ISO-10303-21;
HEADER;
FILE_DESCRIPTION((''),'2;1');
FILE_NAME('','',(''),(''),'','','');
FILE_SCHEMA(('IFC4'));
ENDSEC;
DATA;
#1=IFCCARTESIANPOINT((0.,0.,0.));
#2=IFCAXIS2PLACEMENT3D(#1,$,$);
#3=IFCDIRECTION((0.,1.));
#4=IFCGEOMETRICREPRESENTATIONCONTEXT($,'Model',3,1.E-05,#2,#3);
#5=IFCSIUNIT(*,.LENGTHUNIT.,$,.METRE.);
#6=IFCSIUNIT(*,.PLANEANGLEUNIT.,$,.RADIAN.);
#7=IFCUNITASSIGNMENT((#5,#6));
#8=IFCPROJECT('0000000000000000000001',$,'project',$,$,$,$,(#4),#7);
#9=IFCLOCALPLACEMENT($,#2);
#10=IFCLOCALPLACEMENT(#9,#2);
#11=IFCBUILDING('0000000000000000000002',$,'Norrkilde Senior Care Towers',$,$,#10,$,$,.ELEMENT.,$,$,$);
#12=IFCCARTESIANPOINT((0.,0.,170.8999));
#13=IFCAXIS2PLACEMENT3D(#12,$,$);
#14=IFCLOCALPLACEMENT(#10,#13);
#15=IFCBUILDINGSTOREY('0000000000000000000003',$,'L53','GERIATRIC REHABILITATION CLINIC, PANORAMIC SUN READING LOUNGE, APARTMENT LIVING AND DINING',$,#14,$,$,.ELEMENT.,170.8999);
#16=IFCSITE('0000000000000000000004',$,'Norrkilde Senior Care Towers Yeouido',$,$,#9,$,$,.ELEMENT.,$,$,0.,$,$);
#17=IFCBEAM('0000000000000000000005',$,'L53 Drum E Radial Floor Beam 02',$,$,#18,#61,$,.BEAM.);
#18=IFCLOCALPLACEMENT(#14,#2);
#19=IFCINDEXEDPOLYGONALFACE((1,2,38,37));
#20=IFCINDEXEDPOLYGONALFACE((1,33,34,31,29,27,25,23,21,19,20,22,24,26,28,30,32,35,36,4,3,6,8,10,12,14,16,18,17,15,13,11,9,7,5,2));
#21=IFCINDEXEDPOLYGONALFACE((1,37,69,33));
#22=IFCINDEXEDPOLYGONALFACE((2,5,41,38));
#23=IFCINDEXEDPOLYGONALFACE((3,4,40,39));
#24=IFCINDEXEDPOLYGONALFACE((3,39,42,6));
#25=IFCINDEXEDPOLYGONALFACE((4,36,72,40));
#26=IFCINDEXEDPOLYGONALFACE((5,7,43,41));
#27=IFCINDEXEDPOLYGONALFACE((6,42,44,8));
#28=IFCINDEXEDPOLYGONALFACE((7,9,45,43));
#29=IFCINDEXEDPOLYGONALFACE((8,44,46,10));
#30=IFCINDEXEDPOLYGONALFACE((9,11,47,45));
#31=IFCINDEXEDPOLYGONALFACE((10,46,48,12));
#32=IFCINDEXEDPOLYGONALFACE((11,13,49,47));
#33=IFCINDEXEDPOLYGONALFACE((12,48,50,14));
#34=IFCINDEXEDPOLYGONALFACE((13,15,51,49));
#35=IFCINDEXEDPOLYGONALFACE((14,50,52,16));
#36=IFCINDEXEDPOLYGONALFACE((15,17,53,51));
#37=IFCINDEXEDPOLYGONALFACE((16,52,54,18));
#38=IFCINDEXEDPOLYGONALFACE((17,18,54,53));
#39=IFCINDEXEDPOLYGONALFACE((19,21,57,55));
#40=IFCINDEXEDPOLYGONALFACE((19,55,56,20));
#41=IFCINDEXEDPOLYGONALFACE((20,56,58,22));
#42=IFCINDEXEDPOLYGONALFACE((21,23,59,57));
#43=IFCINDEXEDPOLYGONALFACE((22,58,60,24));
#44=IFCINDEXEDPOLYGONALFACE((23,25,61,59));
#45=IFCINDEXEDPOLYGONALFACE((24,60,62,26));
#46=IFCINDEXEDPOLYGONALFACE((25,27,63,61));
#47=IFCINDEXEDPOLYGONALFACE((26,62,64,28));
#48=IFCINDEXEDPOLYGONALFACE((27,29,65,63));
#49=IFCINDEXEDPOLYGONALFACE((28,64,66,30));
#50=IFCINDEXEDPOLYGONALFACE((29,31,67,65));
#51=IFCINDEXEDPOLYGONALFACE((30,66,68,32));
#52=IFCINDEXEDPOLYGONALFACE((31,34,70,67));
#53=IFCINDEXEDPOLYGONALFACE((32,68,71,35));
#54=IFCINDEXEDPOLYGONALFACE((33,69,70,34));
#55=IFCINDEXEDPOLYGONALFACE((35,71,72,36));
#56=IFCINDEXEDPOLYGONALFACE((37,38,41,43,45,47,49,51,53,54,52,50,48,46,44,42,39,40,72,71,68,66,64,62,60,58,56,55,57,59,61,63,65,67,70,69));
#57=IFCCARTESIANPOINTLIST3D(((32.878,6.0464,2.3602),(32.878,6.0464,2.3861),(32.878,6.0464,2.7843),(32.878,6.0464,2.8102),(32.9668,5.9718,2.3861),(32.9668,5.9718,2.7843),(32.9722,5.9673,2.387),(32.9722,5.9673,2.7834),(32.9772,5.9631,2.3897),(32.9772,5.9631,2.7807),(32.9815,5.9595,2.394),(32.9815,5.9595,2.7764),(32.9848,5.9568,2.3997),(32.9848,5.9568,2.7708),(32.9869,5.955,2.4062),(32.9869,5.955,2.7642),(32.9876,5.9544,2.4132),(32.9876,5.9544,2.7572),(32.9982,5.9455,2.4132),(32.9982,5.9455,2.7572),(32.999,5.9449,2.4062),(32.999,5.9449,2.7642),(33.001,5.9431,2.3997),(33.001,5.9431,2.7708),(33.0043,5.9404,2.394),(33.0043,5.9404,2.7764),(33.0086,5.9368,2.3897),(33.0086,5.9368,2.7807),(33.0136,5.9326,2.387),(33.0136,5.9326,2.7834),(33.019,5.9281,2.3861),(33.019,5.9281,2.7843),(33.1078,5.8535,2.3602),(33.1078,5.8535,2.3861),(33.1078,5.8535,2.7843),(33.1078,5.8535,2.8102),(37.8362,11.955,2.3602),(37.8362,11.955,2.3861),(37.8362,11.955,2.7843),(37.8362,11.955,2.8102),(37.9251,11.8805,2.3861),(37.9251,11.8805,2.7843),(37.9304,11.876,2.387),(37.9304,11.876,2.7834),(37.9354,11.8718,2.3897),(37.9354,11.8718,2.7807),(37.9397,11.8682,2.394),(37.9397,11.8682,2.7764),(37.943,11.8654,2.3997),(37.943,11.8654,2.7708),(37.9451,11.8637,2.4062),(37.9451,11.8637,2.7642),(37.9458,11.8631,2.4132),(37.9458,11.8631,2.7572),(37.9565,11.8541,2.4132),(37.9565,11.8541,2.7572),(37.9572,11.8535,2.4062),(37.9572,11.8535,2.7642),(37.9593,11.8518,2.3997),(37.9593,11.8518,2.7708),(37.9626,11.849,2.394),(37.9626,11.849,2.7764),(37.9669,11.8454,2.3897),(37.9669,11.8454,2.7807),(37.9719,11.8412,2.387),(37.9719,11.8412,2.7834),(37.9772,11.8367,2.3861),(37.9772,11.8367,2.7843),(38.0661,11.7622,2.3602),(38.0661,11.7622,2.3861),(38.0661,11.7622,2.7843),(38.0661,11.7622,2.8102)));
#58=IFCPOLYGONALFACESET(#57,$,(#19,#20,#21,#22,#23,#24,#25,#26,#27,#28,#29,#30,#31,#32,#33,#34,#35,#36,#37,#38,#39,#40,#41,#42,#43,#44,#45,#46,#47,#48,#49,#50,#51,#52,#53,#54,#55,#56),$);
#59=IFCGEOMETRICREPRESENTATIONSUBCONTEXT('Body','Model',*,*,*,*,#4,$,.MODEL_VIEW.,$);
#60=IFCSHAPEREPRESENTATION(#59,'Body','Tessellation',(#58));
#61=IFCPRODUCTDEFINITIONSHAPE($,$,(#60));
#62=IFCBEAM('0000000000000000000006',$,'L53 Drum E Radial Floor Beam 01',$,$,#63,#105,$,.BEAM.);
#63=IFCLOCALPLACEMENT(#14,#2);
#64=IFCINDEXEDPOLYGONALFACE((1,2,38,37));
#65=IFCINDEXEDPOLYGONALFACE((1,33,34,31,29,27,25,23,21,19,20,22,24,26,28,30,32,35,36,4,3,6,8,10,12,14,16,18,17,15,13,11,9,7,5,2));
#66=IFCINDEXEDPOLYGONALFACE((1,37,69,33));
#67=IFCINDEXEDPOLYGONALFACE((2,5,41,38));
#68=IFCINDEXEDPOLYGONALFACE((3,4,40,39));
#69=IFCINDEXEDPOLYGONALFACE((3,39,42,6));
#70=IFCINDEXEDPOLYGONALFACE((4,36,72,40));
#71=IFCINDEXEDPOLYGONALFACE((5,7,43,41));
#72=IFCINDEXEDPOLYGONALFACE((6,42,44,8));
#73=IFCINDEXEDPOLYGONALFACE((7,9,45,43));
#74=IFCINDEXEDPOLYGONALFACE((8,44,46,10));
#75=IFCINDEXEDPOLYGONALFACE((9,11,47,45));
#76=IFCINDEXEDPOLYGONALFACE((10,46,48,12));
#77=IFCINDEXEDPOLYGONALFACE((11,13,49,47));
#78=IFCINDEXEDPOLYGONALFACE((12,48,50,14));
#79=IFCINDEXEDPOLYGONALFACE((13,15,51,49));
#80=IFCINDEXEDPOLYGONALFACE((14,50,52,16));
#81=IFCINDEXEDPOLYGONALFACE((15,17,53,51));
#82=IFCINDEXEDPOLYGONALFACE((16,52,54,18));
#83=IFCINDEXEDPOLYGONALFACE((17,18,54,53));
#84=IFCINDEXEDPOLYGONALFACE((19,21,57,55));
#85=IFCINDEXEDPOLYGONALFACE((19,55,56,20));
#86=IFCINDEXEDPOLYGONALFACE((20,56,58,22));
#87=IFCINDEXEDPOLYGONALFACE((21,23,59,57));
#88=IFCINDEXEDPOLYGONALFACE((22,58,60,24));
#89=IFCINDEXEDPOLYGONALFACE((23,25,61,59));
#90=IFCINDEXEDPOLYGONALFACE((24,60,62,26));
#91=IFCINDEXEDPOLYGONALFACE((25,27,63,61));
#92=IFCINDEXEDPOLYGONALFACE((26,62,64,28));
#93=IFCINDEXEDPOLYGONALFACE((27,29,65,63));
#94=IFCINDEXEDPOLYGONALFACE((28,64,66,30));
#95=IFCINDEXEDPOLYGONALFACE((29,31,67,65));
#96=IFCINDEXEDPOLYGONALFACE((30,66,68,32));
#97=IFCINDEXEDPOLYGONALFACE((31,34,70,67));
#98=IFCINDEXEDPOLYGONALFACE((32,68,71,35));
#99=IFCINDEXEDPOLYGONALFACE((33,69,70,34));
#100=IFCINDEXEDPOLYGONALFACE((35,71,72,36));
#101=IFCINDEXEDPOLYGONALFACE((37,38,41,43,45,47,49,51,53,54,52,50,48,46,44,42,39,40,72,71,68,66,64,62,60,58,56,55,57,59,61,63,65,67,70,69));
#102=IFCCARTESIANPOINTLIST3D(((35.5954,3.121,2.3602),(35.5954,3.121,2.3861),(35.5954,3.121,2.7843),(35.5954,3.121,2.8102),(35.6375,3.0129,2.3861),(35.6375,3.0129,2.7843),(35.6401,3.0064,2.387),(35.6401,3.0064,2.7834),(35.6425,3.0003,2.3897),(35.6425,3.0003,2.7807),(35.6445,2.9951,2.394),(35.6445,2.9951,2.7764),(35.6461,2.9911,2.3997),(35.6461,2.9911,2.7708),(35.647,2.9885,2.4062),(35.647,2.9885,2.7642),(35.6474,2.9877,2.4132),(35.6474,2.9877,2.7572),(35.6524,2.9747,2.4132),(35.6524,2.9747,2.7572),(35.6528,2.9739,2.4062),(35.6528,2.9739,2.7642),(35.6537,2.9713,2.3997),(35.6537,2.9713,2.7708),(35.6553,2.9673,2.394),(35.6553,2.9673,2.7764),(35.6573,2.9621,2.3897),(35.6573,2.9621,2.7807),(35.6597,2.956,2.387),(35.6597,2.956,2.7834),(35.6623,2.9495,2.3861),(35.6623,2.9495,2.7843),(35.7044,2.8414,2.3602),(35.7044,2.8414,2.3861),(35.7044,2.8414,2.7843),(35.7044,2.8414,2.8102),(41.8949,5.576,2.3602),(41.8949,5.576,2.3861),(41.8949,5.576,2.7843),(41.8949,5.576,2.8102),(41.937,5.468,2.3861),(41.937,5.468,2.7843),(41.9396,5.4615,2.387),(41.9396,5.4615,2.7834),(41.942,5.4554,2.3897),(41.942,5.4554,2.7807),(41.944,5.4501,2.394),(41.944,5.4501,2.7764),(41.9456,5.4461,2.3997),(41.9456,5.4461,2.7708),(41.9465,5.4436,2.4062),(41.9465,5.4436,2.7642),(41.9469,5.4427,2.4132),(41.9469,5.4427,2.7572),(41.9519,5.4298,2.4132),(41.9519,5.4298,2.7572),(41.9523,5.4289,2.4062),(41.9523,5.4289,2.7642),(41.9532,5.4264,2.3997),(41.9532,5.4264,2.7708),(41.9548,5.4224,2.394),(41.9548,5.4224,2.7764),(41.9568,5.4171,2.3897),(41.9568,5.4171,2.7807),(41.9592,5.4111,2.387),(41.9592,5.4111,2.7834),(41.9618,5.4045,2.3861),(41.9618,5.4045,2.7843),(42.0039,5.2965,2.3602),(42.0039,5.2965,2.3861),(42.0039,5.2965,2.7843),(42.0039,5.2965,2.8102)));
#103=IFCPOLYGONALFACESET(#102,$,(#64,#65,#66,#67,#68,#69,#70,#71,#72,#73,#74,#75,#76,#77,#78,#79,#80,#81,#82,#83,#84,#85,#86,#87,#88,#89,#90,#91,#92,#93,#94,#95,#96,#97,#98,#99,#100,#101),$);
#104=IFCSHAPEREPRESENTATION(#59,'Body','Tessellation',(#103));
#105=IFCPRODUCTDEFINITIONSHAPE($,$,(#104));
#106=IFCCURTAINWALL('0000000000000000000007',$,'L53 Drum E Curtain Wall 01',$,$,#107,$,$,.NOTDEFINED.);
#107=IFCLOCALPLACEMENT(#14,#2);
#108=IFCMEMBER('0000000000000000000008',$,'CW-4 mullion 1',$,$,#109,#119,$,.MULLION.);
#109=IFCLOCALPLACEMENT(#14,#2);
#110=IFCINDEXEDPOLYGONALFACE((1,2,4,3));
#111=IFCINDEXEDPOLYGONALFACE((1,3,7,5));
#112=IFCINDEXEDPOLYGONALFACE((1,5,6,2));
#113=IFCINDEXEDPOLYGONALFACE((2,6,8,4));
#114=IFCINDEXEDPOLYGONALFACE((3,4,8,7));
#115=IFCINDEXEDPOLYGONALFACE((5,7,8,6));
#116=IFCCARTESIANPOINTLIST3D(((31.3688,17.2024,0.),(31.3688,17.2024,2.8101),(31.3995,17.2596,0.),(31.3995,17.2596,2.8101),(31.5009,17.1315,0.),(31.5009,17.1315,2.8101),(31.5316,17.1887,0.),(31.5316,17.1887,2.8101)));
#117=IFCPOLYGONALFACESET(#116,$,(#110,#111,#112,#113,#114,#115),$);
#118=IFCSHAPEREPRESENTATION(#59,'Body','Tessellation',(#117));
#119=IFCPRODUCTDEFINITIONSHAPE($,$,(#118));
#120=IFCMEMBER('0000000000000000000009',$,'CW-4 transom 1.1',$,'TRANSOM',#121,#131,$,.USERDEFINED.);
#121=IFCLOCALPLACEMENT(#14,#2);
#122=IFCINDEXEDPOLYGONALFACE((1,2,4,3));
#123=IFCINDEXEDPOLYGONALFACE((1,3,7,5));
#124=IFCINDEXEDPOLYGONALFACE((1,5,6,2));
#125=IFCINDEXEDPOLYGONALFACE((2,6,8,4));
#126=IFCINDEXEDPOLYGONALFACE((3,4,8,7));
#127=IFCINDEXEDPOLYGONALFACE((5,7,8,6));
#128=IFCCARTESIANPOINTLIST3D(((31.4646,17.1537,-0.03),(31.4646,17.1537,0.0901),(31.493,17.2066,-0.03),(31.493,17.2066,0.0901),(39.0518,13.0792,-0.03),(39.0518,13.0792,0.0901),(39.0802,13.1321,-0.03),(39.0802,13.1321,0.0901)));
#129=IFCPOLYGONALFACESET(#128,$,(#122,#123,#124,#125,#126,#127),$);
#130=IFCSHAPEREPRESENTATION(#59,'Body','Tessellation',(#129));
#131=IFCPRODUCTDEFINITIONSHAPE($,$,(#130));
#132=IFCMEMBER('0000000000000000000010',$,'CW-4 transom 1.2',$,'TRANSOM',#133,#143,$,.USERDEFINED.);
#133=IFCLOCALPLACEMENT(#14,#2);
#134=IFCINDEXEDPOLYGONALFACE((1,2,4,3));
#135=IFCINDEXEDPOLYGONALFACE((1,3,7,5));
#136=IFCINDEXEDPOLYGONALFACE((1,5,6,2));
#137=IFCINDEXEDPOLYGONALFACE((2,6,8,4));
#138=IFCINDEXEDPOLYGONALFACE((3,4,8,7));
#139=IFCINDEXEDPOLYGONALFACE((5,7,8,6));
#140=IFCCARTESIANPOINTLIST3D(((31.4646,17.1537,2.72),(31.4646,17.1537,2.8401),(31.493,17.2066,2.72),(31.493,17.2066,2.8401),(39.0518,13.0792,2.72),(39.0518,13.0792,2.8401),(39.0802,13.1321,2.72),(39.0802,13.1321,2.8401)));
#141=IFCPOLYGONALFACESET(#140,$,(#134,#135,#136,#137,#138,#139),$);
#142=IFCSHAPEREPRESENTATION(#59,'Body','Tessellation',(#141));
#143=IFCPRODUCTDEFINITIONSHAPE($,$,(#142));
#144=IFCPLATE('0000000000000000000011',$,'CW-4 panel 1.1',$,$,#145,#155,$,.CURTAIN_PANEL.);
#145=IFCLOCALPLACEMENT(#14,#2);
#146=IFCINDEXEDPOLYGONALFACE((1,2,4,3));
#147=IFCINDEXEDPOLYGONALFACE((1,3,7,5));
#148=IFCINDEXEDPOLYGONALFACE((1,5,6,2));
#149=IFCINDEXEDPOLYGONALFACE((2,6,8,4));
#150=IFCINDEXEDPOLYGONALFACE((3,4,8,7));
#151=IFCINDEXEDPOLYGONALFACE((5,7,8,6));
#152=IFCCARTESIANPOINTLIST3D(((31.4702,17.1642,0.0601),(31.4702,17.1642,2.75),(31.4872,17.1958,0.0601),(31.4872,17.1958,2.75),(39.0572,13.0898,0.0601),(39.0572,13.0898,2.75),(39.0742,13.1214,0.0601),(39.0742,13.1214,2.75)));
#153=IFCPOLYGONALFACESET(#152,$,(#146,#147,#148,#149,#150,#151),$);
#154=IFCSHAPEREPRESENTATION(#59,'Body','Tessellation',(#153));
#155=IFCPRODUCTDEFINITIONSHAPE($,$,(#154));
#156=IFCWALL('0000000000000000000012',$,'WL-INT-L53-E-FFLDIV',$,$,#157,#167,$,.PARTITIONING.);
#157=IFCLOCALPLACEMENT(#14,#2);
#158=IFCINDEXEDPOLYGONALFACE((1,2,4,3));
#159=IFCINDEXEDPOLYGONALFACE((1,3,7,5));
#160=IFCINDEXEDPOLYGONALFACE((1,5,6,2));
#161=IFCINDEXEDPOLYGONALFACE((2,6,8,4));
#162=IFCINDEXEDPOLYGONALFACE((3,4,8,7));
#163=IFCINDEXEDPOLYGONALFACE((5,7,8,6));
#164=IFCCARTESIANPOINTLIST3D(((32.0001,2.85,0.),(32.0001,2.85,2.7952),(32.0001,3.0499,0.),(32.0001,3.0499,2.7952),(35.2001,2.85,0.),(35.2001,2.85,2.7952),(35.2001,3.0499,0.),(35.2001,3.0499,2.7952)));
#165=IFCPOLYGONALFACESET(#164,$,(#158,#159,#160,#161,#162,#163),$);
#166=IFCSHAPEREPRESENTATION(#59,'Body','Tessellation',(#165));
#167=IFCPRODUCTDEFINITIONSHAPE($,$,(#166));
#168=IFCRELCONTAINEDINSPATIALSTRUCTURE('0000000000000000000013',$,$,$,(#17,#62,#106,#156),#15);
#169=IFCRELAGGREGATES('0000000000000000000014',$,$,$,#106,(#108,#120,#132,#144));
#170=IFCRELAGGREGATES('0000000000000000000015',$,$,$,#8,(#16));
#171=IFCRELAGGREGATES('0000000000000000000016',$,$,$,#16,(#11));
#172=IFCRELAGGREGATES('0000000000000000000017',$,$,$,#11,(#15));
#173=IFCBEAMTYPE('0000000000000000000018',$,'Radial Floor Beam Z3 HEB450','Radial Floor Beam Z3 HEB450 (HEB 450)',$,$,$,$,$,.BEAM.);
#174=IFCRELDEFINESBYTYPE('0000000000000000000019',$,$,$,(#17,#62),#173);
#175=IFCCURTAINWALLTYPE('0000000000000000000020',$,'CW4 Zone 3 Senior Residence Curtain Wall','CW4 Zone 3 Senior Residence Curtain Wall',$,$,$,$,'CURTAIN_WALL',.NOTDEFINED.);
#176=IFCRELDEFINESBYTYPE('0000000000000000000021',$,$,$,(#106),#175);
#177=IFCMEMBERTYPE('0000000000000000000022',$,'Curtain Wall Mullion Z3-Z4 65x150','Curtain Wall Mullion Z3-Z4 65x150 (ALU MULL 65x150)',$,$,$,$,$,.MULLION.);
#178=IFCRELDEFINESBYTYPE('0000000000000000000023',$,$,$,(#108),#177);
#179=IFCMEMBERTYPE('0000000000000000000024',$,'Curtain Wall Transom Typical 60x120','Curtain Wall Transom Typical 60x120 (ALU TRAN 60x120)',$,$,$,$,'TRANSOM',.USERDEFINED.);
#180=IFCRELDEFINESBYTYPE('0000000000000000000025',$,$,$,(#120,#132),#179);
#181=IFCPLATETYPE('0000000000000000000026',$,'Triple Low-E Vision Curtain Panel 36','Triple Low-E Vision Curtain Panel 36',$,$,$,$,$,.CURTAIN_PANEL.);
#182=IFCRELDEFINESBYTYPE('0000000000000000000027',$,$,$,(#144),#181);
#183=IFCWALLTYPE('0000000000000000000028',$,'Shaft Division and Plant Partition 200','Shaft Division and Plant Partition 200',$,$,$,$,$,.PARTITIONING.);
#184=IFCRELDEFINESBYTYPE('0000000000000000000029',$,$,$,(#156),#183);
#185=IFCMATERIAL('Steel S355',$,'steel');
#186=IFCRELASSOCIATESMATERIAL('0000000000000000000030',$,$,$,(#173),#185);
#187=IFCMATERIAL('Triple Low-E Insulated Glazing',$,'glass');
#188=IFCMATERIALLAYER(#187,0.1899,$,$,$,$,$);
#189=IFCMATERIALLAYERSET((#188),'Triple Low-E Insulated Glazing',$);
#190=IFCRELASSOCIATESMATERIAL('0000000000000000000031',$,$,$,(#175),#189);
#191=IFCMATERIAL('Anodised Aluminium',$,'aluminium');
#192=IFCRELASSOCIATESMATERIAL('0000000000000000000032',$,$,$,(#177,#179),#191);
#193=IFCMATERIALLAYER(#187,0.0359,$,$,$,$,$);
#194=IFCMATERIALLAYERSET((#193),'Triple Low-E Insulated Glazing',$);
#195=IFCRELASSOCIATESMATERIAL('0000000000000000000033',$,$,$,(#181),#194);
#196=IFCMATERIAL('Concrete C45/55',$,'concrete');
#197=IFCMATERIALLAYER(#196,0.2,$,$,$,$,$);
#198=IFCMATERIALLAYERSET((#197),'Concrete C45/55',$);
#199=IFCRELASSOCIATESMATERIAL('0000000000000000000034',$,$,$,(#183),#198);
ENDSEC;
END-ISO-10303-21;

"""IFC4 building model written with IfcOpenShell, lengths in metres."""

from ifc_helpers import new_model, si_unit, direction, frame, frame_2d, origin, origin_2d, place, context, subcontext, project, spatial, rectangle, i_section, extrude, source, transform, mapped, material, layer, layer_set, material_profile, profile_set, type_object, type_shapes, element, aggregate, save


model = new_model("IFC4")

# Units and contexts
model_context = context("Model", 3, precision=1e-05, world=origin(), true_north=direction((0.0, 1.0)))
body_context = subcontext(model_context, "Body", "Model", "MODEL_VIEW")
ifc_project = project(units=[si_unit("LENGTHUNIT", "METRE"), si_unit("PLANEANGLEUNIT", "RADIAN")], contexts=[model_context])

# Site, building, storey
site_placement = place(None, origin())
site = spatial("IfcSite", under=ifc_project, at=site_placement, Name="Norrkilde Senior Care Towers Yeouido", CompositionType="ELEMENT", RefElevation=0.0)
building_placement = place(site_placement, origin())
building = spatial("IfcBuilding", under=site, at=building_placement, Name="Norrkilde Senior Care Towers", CompositionType="ELEMENT")
storey_placement = place(building_placement, frame((0.0, 0.0, 170.8999)))
storey = spatial("IfcBuildingStorey", under=building, at=storey_placement, Name="L53", Description="GERIATRIC REHABILITATION CLINIC, PANORAMIC SUN READING LOUNGE, APARTMENT LIVING AND DINING", CompositionType="ELEMENT", Elevation=170.8999)

# Beams
ifc_material_1 = material(Name="Steel S355", Category="steel")
ifc_material_profile_1 = material_profile(ifc_material_1, i_section(OverallWidth=0.3, OverallDepth=0.45, WebThickness=0.0139, FlangeThickness=0.0259, FilletRadius=0.0271, at=origin_2d()), Name="HEB 450")
ifc_profile_set_1 = profile_set([ifc_material_profile_1], Name="Steel S355")
beam_type_1 = type_object("IfcBeamType", Name="Radial Floor Beam Z3 HEB450", Description="Radial Floor Beam Z3 HEB450 (HEB 450)", PredefinedType="BEAM", material=ifc_profile_set_1)
shared_shape_1 = source(origin(), body_context, "Body", "SweptSolid", [
    extrude(i_section(OverallWidth=0.3, OverallDepth=0.45, WebThickness=0.0139, FlangeThickness=0.0259, FilletRadius=0.0271, at=origin_2d()), origin(), (0.0, 0.0, 1.0), 7.7134),
])
beam_1_placement = place(storey_placement, frame((32.9929, 5.95, 2.5852), z_axis=(0.642808, 0.766027, 0.0), x_axis=(-0.766027, 0.642808, 0.0)))
element("IfcBeam", 1, at=beam_1_placement, inside=storey, type_object=beam_type_1, Name="L53 Drum E Radial Floor Beam 02", PredefinedType="BEAM", context=body_context, shape_type="MappedRepresentation", body=[
    mapped(shared_shape_1, transform((0.0, 0.0, 0.0), x_axis=(1.0, 0.0, 0.0), y_axis=(0.0, 1.0, 0.0), z_axis=(0.0, 0.0, 1.0), scale=1.0)),
])
shared_shape_2 = source(origin(), body_context, "Body", "SweptSolid", [
    extrude(i_section(OverallWidth=0.3, OverallDepth=0.45, WebThickness=0.0139, FlangeThickness=0.0259, FilletRadius=0.0271, at=origin_2d()), origin(), (0.0, 0.0, 1.0), 6.761),
])
beam_2_placement = place(storey_placement, frame((35.6499, 2.9812, 2.5852), z_axis=(0.931742, 0.363121, 0.0), x_axis=(-0.363121, 0.931742, 0.0)))
element("IfcBeam", 2, at=beam_2_placement, inside=storey, type_object=beam_type_1, Name="L53 Drum E Radial Floor Beam 01", PredefinedType="BEAM", context=body_context, shape_type="MappedRepresentation", body=[
    mapped(shared_shape_2, transform((0.0, 0.0, 0.0), x_axis=(1.0, 0.0, 0.0), y_axis=(0.0, 1.0, 0.0), z_axis=(0.0, 0.0, 1.0), scale=1.0)),
])

# Curtain wall, members, plate
ifc_material_2 = material(Name="Triple Low-E Insulated Glazing", Category="glass")
ifc_layer_1 = layer(ifc_material_2, 0.1899)
ifc_layer_set_1 = layer_set([ifc_layer_1], Name="Triple Low-E Insulated Glazing")
curtain_wall_type = type_object("IfcCurtainWallType", Name="CW4 Zone 3 Senior Residence Curtain Wall", Description="CW4 Zone 3 Senior Residence Curtain Wall", ElementType="CURTAIN_WALL", PredefinedType="NOTDEFINED", material=ifc_layer_set_1)
curtain_wall_placement = place(storey_placement, origin())
curtain_wall = element("IfcCurtainWall", 3, at=curtain_wall_placement, inside=storey, type_object=curtain_wall_type, Name="L53 Drum E Curtain Wall 01", PredefinedType="NOTDEFINED")
ifc_material_3 = material(Name="Anodised Aluminium", Category="aluminium")
ifc_material_profile_2 = material_profile(ifc_material_3, rectangle(XDim=0.0649, YDim=0.1499, at=origin_2d()), Name="ALU MULL 65x150")
ifc_profile_set_2 = profile_set([ifc_material_profile_2], Name="Anodised Aluminium")
member_type_1 = type_object("IfcMemberType", Name="Curtain Wall Mullion Z3-Z4 65x150", Description="Curtain Wall Mullion Z3-Z4 65x150 (ALU MULL 65x150)", PredefinedType="MULLION", material=ifc_profile_set_2)
shared_shape_3 = source(origin(), body_context, "Body", "SweptSolid", [
    extrude(rectangle(XDim=0.0649, YDim=0.1499, at=origin_2d()), origin(), (0.0, 0.0, 1.0), 2.8101),
])
type_shapes(member_type_1, [shared_shape_3])
member_1_placement = place(storey_placement, frame((31.4502, 17.1956, 0.0), z_axis=(0.0, 0.0, 1.0), x_axis=(0.473117, 0.881, 0.0)))
member_1 = element("IfcMember", 4, at=member_1_placement, type_object=member_type_1, Name="CW-4 mullion 1", PredefinedType="MULLION", context=body_context, shape_type="MappedRepresentation", body=[
    mapped(shared_shape_3, transform((0.0, 0.0, 0.0), x_axis=(1.0, 0.0, 0.0), y_axis=(0.0, 1.0, 0.0), z_axis=(0.0, 0.0, 1.0), scale=1.0)),
])
ifc_material_profile_3 = material_profile(ifc_material_3, rectangle(XDim=0.0601, YDim=0.1201, at=origin_2d()), Name="ALU TRAN 60x120")
ifc_profile_set_3 = profile_set([ifc_material_profile_3], Name="Anodised Aluminium")
member_type_2 = type_object("IfcMemberType", Name="Curtain Wall Transom Typical 60x120", Description="Curtain Wall Transom Typical 60x120 (ALU TRAN 60x120)", ElementType="TRANSOM", PredefinedType="USERDEFINED", material=ifc_profile_set_3)
shared_shape_4 = source(origin(), body_context, "Body", "SweptSolid", [
    extrude(rectangle(XDim=0.0601, YDim=0.1201, at=origin_2d()), origin(), (0.0, 0.0, 1.0), 8.6121),
])
type_shapes(member_type_2, [shared_shape_4])
member_2_placement = place(storey_placement, frame((31.4788, 17.1802, 0.03), z_axis=(0.881, -0.473116, 0.0), x_axis=(0.473116, 0.881, 0.0)))
member_2 = element("IfcMember", 5, at=member_2_placement, type_object=member_type_2, Name="CW-4 transom 1.1", ObjectType="TRANSOM", PredefinedType="USERDEFINED", context=body_context, shape_type="MappedRepresentation", body=[
    mapped(shared_shape_4, transform((0.0, 0.0, 0.0), x_axis=(1.0, 0.0, 0.0), y_axis=(0.0, 1.0, 0.0), z_axis=(0.0, 0.0, 1.0), scale=1.0)),
])
member_3_placement = place(storey_placement, frame((31.4788, 17.1802, 2.78), z_axis=(0.881, -0.473116, 0.0), x_axis=(0.473116, 0.881, 0.0)))
member_3 = element("IfcMember", 6, at=member_3_placement, type_object=member_type_2, Name="CW-4 transom 1.2", ObjectType="TRANSOM", PredefinedType="USERDEFINED", context=body_context, shape_type="MappedRepresentation", body=[
    mapped(shared_shape_4, transform((0.0, 0.0, 0.0), x_axis=(1.0, 0.0, 0.0), y_axis=(0.0, 1.0, 0.0), z_axis=(0.0, 0.0, 1.0), scale=1.0)),
])
ifc_layer_2 = layer(ifc_material_2, 0.0359)
ifc_layer_set_2 = layer_set([ifc_layer_2], Name="Triple Low-E Insulated Glazing")
plate_type = type_object("IfcPlateType", Name="Triple Low-E Vision Curtain Panel 36", Description="Triple Low-E Vision Curtain Panel 36", PredefinedType="CURTAIN_PANEL", material=ifc_layer_set_2)
shared_shape_5 = source(origin(), body_context, "Body", "SweptSolid", [
    extrude(rectangle(XDim=8.6118, YDim=0.0359, at=origin_2d()), origin(), (0.0, 0.0, 1.0), 2.6899),
])
type_shapes(plate_type, [shared_shape_5])
plate_placement = place(storey_placement, frame((35.2722, 15.1428, 0.0601), z_axis=(0.0, 0.0, 1.0), x_axis=(0.881, -0.473117, 0.0)))
plate = element("IfcPlate", 7, at=plate_placement, type_object=plate_type, Name="CW-4 panel 1.1", PredefinedType="CURTAIN_PANEL", context=body_context, shape_type="MappedRepresentation", body=[
    mapped(shared_shape_5, transform((0.0, 0.0, 0.0), x_axis=(1.0, 0.0, 0.0), y_axis=(0.0, 1.0, 0.0), z_axis=(0.0, 0.0, 1.0), scale=1.0)),
])
aggregate(curtain_wall, [member_1, member_2, member_3, plate])

# Shared definitions
ifc_material_4 = material(Name="Concrete C45/55", Category="concrete")

# Wall
ifc_layer_3 = layer(ifc_material_4, 0.2)
ifc_layer_set_3 = layer_set([ifc_layer_3], Name="Concrete C45/55")
wall_type_1 = type_object("IfcWallType", Name="Shaft Division and Plant Partition 200", Description="Shaft Division and Plant Partition 200", PredefinedType="PARTITIONING", material=ifc_layer_set_3)
shared_shape_6 = source(origin(), body_context, "Body", "SweptSolid", [
    extrude(rectangle(XDim=3.2, YDim=0.2, at=frame_2d((1.6001, 0.0))), origin(), (0.0, 0.0, 1.0), 2.7952),
])
type_shapes(wall_type_1, [shared_shape_6])
wall_1_placement = place(storey_placement, frame((32.0, 2.95, 0.0), z_axis=(0.0, 0.0, 1.0), x_axis=(1.0, 0.0, 0.0)))
element("IfcWall", 8, at=wall_1_placement, inside=storey, type_object=wall_type_1, Name="WL-INT-L53-E-FFLDIV", PredefinedType="PARTITIONING", context=body_context, shape_type="MappedRepresentation", body=[
    mapped(shared_shape_6, transform((0.0, 0.0, 0.0), x_axis=(1.0, 0.0, 0.0), y_axis=(0.0, 1.0, 0.0), z_axis=(0.0, 0.0, 1.0), scale=1.0)),
])

save(model, "model.ifc")
